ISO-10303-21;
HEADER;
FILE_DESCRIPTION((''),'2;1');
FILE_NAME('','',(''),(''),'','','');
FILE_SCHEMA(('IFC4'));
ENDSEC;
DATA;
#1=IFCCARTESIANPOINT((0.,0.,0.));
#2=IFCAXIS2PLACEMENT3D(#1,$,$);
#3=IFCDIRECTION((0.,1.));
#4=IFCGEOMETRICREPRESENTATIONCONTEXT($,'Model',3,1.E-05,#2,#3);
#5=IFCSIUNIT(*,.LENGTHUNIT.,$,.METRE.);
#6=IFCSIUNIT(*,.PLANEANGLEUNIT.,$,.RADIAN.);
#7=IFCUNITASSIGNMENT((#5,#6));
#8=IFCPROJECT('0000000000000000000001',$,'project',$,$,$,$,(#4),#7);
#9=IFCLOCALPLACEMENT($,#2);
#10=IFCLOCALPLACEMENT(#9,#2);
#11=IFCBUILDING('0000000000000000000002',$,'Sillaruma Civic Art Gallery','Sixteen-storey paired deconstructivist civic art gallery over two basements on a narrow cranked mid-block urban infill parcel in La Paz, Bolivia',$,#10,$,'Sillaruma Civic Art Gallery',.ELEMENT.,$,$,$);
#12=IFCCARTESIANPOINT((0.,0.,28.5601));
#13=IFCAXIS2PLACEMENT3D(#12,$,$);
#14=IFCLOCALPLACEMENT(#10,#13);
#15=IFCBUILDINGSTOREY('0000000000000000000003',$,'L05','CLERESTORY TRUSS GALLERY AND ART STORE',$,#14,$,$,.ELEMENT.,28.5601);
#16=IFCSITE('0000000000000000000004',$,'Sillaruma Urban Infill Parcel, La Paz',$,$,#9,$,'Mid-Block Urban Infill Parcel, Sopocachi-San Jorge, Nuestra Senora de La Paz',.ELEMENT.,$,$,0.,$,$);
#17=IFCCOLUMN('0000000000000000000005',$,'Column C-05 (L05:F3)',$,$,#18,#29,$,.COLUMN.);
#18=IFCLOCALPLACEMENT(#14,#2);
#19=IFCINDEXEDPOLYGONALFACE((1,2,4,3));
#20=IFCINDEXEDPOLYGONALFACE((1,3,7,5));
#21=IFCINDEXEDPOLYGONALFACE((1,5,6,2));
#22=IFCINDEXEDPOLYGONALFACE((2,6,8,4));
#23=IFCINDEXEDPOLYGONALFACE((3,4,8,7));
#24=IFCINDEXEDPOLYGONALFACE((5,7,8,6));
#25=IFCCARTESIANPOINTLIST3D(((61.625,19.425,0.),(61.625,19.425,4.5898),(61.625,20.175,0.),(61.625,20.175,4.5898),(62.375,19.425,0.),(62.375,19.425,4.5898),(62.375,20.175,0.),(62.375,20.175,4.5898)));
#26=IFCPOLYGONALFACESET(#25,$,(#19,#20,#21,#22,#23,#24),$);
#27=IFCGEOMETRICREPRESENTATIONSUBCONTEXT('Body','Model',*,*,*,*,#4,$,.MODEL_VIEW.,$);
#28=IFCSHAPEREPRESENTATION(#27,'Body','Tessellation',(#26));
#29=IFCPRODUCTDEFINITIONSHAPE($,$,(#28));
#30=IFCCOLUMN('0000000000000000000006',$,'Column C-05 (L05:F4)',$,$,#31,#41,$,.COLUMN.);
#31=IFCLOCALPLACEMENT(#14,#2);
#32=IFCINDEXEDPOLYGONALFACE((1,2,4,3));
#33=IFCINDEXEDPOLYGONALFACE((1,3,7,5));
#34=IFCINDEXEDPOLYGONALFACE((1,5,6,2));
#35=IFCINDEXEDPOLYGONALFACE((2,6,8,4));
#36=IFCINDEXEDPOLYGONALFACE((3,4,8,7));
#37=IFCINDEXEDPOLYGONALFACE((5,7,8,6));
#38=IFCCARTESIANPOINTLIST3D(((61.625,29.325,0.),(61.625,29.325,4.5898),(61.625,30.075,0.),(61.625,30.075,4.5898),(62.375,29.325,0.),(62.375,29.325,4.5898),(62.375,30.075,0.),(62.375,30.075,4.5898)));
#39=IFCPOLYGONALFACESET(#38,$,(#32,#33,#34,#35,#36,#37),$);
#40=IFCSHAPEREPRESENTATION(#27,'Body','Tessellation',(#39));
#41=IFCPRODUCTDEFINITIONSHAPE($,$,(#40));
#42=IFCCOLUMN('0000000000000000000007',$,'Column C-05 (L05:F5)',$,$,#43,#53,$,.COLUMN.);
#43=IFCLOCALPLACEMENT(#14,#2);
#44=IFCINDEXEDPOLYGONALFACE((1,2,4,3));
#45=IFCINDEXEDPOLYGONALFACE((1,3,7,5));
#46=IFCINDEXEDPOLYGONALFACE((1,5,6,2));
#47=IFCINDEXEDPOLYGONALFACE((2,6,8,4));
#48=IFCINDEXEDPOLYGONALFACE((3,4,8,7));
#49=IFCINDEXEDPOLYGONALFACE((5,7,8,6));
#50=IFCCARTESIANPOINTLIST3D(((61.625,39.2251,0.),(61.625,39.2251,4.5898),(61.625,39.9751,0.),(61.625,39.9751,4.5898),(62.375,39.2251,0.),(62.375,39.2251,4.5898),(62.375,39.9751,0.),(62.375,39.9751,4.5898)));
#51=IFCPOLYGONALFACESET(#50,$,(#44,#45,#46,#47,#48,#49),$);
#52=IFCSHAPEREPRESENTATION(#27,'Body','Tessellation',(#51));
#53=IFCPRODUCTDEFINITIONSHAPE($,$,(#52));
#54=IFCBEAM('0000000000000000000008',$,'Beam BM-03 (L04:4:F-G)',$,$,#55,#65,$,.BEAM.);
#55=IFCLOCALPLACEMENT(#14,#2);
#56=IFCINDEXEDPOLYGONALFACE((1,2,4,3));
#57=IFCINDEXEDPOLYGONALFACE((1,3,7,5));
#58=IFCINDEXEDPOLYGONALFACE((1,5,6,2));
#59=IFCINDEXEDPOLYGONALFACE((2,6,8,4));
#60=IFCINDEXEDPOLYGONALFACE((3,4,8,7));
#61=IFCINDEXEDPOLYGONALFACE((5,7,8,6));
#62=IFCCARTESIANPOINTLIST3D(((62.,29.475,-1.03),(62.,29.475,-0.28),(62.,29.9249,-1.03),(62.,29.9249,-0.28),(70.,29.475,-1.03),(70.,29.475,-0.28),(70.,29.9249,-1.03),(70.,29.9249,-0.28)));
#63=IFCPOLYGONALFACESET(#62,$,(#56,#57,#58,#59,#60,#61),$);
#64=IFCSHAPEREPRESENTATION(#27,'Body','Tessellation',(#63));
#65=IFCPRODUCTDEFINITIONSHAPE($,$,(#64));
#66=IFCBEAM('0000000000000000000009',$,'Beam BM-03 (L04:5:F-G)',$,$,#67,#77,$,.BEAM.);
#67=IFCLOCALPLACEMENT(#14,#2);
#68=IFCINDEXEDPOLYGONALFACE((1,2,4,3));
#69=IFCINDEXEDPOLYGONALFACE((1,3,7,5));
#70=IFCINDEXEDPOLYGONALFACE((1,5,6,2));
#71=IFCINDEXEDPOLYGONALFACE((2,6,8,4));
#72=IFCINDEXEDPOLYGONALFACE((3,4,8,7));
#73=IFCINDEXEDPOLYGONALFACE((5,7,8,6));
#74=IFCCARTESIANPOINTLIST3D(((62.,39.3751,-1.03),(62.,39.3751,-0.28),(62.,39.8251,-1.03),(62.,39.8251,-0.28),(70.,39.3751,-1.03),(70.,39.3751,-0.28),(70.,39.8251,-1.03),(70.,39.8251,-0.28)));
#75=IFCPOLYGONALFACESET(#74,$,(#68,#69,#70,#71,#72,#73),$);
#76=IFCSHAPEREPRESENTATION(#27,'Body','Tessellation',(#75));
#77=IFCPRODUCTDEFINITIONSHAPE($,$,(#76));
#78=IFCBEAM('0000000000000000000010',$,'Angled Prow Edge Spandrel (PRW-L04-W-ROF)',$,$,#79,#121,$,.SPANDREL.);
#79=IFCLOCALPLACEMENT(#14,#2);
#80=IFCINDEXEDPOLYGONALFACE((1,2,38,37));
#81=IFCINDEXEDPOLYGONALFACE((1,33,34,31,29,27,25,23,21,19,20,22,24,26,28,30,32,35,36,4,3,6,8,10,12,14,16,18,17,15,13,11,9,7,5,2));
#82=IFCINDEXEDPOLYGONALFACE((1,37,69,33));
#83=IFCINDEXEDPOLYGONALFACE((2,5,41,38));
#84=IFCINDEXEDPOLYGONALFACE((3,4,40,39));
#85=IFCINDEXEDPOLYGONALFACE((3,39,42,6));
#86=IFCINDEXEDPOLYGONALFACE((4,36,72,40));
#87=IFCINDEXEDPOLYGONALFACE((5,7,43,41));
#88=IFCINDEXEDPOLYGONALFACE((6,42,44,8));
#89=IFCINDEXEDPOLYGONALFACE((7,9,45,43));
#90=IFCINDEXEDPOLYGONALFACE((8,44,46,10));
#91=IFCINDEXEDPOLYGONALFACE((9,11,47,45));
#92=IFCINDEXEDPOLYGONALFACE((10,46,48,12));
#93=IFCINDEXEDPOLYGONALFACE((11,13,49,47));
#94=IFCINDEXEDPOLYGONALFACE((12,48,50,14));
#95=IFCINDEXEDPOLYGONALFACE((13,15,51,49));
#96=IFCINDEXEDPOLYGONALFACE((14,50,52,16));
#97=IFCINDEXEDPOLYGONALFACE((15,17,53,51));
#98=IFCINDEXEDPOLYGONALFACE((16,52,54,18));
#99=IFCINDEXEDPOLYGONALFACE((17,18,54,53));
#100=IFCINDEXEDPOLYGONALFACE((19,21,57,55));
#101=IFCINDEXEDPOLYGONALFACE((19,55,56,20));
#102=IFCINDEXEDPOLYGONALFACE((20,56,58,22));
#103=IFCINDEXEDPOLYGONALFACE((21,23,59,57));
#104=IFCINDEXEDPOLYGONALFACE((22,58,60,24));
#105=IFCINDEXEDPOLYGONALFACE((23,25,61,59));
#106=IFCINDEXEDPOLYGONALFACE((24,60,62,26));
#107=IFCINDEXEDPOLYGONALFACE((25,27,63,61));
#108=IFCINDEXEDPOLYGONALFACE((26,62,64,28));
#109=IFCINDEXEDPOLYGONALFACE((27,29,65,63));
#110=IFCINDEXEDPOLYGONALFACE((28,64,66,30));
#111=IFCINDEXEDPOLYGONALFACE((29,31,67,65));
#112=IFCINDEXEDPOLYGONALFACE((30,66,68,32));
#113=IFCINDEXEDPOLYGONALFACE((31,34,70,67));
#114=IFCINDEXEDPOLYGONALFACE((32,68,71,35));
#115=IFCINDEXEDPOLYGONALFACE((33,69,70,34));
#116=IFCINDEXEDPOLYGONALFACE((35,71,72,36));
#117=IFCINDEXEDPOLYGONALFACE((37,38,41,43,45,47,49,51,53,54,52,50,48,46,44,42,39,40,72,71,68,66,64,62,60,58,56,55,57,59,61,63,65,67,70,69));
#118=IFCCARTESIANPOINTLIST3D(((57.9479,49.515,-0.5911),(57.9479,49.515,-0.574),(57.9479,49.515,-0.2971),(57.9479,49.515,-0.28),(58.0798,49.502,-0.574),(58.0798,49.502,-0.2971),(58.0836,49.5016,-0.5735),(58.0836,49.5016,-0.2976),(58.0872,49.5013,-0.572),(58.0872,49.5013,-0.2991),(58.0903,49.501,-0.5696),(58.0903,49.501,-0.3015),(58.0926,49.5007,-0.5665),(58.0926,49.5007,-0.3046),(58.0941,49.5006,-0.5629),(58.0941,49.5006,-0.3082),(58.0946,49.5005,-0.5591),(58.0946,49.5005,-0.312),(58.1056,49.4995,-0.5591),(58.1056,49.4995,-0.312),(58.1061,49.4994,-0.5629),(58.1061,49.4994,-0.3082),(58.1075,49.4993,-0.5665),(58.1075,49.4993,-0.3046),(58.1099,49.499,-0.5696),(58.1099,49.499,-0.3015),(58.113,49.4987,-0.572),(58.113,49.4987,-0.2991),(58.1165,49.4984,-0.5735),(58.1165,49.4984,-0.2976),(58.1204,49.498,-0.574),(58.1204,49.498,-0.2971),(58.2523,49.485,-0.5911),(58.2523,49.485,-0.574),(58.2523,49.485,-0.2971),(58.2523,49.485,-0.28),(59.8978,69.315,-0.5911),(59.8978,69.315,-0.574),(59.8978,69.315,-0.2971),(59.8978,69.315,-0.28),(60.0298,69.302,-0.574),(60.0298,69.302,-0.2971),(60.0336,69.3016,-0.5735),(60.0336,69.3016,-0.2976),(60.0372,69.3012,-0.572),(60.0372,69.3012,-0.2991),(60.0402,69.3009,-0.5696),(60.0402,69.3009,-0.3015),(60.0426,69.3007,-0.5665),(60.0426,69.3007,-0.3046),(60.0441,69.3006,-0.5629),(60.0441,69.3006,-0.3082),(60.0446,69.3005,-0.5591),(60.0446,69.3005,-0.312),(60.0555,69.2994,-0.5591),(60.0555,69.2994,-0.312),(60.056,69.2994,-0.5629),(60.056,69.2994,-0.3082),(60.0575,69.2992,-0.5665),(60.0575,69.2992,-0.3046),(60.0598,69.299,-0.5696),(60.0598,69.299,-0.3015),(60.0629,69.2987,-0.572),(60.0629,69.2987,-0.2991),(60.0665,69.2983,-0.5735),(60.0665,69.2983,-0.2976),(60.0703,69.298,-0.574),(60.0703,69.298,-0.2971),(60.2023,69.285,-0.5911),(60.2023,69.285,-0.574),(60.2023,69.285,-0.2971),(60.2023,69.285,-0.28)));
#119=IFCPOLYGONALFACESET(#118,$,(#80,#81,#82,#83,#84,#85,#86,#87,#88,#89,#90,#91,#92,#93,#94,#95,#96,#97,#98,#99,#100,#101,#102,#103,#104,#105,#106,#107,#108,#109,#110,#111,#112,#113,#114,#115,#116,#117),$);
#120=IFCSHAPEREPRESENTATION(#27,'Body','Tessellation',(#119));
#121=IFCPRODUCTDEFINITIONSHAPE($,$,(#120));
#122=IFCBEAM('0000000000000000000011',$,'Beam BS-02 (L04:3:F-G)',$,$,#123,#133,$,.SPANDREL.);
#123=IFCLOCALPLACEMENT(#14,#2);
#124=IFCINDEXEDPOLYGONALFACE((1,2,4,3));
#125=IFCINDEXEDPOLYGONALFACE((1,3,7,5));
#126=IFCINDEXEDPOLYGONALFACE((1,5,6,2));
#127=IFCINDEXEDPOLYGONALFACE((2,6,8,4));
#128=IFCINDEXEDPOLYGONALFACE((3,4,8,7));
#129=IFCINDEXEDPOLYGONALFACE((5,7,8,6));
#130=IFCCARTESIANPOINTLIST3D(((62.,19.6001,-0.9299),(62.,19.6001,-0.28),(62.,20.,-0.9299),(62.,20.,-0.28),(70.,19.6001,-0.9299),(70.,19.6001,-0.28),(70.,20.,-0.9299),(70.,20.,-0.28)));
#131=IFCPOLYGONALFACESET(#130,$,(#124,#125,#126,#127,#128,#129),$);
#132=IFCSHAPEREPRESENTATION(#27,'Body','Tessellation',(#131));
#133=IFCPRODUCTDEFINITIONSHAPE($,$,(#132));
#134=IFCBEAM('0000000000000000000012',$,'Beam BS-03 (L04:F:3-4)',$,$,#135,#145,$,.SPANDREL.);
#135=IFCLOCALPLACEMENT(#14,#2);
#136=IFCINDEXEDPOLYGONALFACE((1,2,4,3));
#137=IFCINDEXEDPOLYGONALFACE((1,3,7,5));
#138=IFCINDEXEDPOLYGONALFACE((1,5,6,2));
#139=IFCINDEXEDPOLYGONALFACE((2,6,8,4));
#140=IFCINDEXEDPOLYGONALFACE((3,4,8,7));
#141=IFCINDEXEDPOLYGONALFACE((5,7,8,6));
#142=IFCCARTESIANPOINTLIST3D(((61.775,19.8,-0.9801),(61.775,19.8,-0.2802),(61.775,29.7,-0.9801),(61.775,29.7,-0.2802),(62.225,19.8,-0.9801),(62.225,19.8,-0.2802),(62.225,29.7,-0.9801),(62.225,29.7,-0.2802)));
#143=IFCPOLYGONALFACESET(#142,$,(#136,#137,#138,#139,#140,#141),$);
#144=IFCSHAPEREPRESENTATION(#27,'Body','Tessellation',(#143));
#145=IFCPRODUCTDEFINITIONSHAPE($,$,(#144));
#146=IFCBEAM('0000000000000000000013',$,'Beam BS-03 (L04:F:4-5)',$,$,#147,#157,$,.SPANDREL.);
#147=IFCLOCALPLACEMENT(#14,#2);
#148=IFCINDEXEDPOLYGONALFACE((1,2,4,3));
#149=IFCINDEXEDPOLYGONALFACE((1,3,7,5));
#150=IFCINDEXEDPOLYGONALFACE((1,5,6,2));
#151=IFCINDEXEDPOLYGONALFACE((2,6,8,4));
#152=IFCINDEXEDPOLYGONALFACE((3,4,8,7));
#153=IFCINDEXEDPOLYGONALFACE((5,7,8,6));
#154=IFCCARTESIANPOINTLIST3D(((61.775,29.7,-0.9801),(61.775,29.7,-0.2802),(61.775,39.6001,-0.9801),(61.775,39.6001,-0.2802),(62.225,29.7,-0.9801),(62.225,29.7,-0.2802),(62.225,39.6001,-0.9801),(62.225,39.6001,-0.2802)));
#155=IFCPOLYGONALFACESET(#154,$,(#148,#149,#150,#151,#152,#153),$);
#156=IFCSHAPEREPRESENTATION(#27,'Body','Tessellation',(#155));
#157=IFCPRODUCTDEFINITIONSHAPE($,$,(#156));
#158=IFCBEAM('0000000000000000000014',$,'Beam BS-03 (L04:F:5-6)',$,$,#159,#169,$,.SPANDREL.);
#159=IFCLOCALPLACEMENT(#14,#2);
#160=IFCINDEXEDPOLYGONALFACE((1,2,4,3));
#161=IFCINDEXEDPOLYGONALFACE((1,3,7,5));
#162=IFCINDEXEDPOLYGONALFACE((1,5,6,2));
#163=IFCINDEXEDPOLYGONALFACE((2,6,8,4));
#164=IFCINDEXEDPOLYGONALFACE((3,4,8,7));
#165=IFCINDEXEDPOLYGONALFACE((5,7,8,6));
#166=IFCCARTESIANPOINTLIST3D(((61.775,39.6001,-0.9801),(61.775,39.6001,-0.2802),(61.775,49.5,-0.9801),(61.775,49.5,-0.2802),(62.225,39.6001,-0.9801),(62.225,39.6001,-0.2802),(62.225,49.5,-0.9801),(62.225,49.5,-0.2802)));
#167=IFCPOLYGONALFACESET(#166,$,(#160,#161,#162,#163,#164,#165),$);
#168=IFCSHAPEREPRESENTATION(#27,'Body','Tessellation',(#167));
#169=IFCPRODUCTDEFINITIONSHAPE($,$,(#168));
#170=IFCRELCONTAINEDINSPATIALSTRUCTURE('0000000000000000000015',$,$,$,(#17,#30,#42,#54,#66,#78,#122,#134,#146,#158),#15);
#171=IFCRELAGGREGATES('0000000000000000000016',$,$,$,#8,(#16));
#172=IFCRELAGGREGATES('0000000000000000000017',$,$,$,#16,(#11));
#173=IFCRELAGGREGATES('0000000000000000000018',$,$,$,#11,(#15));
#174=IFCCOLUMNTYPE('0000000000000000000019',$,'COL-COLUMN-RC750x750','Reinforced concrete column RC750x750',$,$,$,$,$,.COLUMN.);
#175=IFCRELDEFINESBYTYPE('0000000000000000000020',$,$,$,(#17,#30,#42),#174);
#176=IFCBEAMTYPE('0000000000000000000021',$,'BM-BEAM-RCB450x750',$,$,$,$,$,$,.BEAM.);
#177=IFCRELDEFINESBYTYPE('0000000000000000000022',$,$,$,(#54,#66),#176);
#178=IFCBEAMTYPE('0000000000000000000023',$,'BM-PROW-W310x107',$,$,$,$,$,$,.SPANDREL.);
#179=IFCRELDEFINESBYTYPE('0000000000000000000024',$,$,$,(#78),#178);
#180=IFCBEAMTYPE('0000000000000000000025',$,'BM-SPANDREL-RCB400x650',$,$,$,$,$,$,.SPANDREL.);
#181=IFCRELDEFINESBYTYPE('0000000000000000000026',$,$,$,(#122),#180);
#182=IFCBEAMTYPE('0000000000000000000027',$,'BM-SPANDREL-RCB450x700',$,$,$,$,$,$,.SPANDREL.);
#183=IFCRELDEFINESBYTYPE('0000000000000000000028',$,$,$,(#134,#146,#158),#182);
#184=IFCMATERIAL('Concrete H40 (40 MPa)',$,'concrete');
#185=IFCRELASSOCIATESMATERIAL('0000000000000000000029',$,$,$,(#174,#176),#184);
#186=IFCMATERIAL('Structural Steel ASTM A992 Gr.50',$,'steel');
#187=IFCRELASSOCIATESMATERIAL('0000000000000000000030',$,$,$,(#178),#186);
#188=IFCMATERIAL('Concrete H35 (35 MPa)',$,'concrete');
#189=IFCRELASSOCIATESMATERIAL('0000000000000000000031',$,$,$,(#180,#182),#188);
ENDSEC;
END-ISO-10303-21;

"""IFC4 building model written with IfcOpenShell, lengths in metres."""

from ifc_helpers import new_model, si_unit, direction, frame, origin, origin_2d, place, context, subcontext, project, spatial, rectangle, i_section, extrude, material, material_profile, profile_set, type_object, element, save


model = new_model("IFC4")

# Units and contexts
model_context = context("Model", 3, precision=1e-05, world=origin(), true_north=direction((0.0, 1.0)))
body_context = subcontext(model_context, "Body", "Model", "MODEL_VIEW")
ifc_project = project(units=[si_unit("LENGTHUNIT", "METRE"), si_unit("PLANEANGLEUNIT", "RADIAN")], contexts=[model_context])

# Site, building, storey
site_placement = place(None, origin())
site = spatial("IfcSite", under=ifc_project, at=site_placement, Name="Sillaruma Urban Infill Parcel, La Paz", LongName="Mid-Block Urban Infill Parcel, Sopocachi-San Jorge, Nuestra Senora de La Paz", CompositionType="ELEMENT", RefElevation=0.0)
building_placement = place(site_placement, origin())
building = spatial("IfcBuilding", under=site, at=building_placement, Name="Sillaruma Civic Art Gallery", Description="Sixteen-storey paired deconstructivist civic art gallery over two basements on a narrow cranked mid-block urban infill parcel in La Paz, Bolivia", LongName="Sillaruma Civic Art Gallery", CompositionType="ELEMENT")
storey_placement = place(building_placement, frame((0.0, 0.0, 28.5601)))
storey = spatial("IfcBuildingStorey", under=building, at=storey_placement, Name="L05", Description="CLERESTORY TRUSS GALLERY AND ART STORE", CompositionType="ELEMENT", Elevation=28.5601)

# Columns
ifc_material_1 = material(Name="Concrete H40 (40 MPa)", Category="concrete")
ifc_material_profile_1 = material_profile(ifc_material_1, rectangle(XDim=0.75, YDim=0.75, at=origin_2d()), Name="RC750x750")
ifc_profile_set_1 = profile_set([ifc_material_profile_1], Name="Concrete H40 (40 MPa)")
column_type = type_object("IfcColumnType", Name="COL-COLUMN-RC750x750", Description="Reinforced concrete column RC750x750", PredefinedType="COLUMN", material=ifc_profile_set_1)
for number, where, z_axis, x_axis, name in (
    (1, (62.0, 19.8, 0.0), (0.0, 0.0, 1.0), (1.0, 0.0, 0.0), "Column C-05 (L05:F3)"),
    (2, (62.0, 29.7, 0.0), (0.0, 0.0, 1.0), (1.0, 0.0, 0.0), "Column C-05 (L05:F4)"),
    (3, (62.0, 39.6001, 0.0), (0.0, 0.0, 1.0), (1.0, 0.0, 0.0), "Column C-05 (L05:F5)"),
):
    element("IfcColumn", number, at=place(storey_placement, frame(where, z_axis=z_axis, x_axis=x_axis)), inside=storey, type_object=column_type, Name=name, PredefinedType="COLUMN", context=body_context, shape_type="SweptSolid", body=[
        extrude(rectangle(XDim=0.75, YDim=0.75, at=origin_2d()), origin(), (0.0, 0.0, 1.0), 4.5898),
    ])

# Beams
ifc_material_profile_2 = material_profile(ifc_material_1, rectangle(XDim=0.45, YDim=0.75, at=origin_2d()), Name="RCB450x750")
ifc_profile_set_2 = profile_set([ifc_material_profile_2], Name="Concrete H40 (40 MPa)")
beam_type_1 = type_object("IfcBeamType", Name="BM-BEAM-RCB450x750", PredefinedType="BEAM", material=ifc_profile_set_2)
for number, where, z_axis, x_axis, name in (
    (4, (62.0, 29.7, -0.655), (1.0, 0.0, 0.0), (0.0, 1.0, 0.0), "Beam BM-03 (L04:4:F-G)"),
    (5, (62.0, 39.6001, -0.655), (1.0, 0.0, 0.0), (0.0, 1.0, 0.0), "Beam BM-03 (L04:5:F-G)"),
):
    element("IfcBeam", number, at=place(storey_placement, frame(where, z_axis=z_axis, x_axis=x_axis)), inside=storey, type_object=beam_type_1, Name=name, PredefinedType="BEAM", context=body_context, shape_type="SweptSolid", body=[
        extrude(rectangle(XDim=0.45, YDim=0.75, at=origin_2d()), origin(), (0.0, 0.0, 1.0), 8.0),
    ])
ifc_material_2 = material(Name="Structural Steel ASTM A992 Gr.50", Category="steel")
ifc_material_profile_3 = material_profile(ifc_material_2, i_section(OverallWidth=0.3059, OverallDepth=0.311, WebThickness=0.011, FlangeThickness=0.0171, FilletRadius=0.0149, at=origin_2d()), Name="W310x107")
ifc_profile_set_3 = profile_set([ifc_material_profile_3], Name="Structural Steel ASTM A992 Gr.50")
beam_type_2 = type_object("IfcBeamType", Name="BM-PROW-W310x107", PredefinedType="SPANDREL", material=ifc_profile_set_3)
beam_1_placement = place(storey_placement, frame((58.1001, 49.5, -0.4355), z_axis=(0.098008, 0.995186, 0.0), x_axis=(-0.995186, 0.098008, 0.0)))
element("IfcBeam", 6, at=beam_1_placement, inside=storey, type_object=beam_type_2, Name="Angled Prow Edge Spandrel (PRW-L04-W-ROF)", PredefinedType="SPANDREL", context=body_context, shape_type="SweptSolid", body=[
    extrude(i_section(OverallWidth=0.3059, OverallDepth=0.311, WebThickness=0.011, FlangeThickness=0.0171, FilletRadius=0.0149, at=origin_2d()), origin(), (0.0, 0.0, 1.0), 19.8958),
])
ifc_material_3 = material(Name="Concrete H35 (35 MPa)", Category="concrete")
ifc_material_profile_4 = material_profile(ifc_material_3, rectangle(XDim=0.3999, YDim=0.6499, at=origin_2d()), Name="RCB400x650")
ifc_profile_set_4 = profile_set([ifc_material_profile_4], Name="Concrete H35 (35 MPa)")
beam_type_3 = type_object("IfcBeamType", Name="BM-SPANDREL-RCB400x650", PredefinedType="SPANDREL", material=ifc_profile_set_4)
beam_2_placement = place(storey_placement, frame((62.0, 19.8, -0.605), z_axis=(1.0, 0.0, 0.0), x_axis=(0.0, 1.0, 0.0)))
element("IfcBeam", 7, at=beam_2_placement, inside=storey, type_object=beam_type_3, Name="Beam BS-02 (L04:3:F-G)", PredefinedType="SPANDREL", context=body_context, shape_type="SweptSolid", body=[
    extrude(rectangle(XDim=0.3999, YDim=0.6499, at=origin_2d()), origin(), (0.0, 0.0, 1.0), 8.0),
])
ifc_material_profile_5 = material_profile(ifc_material_3, rectangle(XDim=0.45, YDim=0.7, at=origin_2d()), Name="RCB450x700")
ifc_profile_set_5 = profile_set([ifc_material_profile_5], Name="Concrete H35 (35 MPa)")
beam_type_4 = type_object("IfcBeamType", Name="BM-SPANDREL-RCB450x700", PredefinedType="SPANDREL", material=ifc_profile_set_5)
beam_3_placement = place(storey_placement, frame((62.0, 19.8, -0.6301), z_axis=(0.0, 1.0, 0.0), x_axis=(-1.0, 0.0, 0.0)))
element("IfcBeam", 8, at=beam_3_placement, inside=storey, type_object=beam_type_4, Name="Beam BS-03 (L04:F:3-4)", PredefinedType="SPANDREL", context=body_context, shape_type="SweptSolid", body=[
    extrude(rectangle(XDim=0.45, YDim=0.7, at=origin_2d()), origin(), (0.0, 0.0, 1.0), 9.8999),
])
beam_4_placement = place(storey_placement, frame((62.0, 29.7, -0.6301), z_axis=(0.0, 1.0, 0.0), x_axis=(-1.0, 0.0, 0.0)))
element("IfcBeam", 9, at=beam_4_placement, inside=storey, type_object=beam_type_4, Name="Beam BS-03 (L04:F:4-5)", PredefinedType="SPANDREL", context=body_context, shape_type="SweptSolid", body=[
    extrude(rectangle(XDim=0.45, YDim=0.7, at=origin_2d()), origin(), (0.0, 0.0, 1.0), 9.9001),
])
beam_5_placement = place(storey_placement, frame((62.0, 39.6001, -0.6301), z_axis=(0.0, 1.0, 0.0), x_axis=(-1.0, 0.0, 0.0)))
element("IfcBeam", 10, at=beam_5_placement, inside=storey, type_object=beam_type_4, Name="Beam BS-03 (L04:F:5-6)", PredefinedType="SPANDREL", context=body_context, shape_type="SweptSolid", body=[
    extrude(rectangle(XDim=0.45, YDim=0.7, at=origin_2d()), origin(), (0.0, 0.0, 1.0), 9.8999),
])

save(model, "model.ifc")
